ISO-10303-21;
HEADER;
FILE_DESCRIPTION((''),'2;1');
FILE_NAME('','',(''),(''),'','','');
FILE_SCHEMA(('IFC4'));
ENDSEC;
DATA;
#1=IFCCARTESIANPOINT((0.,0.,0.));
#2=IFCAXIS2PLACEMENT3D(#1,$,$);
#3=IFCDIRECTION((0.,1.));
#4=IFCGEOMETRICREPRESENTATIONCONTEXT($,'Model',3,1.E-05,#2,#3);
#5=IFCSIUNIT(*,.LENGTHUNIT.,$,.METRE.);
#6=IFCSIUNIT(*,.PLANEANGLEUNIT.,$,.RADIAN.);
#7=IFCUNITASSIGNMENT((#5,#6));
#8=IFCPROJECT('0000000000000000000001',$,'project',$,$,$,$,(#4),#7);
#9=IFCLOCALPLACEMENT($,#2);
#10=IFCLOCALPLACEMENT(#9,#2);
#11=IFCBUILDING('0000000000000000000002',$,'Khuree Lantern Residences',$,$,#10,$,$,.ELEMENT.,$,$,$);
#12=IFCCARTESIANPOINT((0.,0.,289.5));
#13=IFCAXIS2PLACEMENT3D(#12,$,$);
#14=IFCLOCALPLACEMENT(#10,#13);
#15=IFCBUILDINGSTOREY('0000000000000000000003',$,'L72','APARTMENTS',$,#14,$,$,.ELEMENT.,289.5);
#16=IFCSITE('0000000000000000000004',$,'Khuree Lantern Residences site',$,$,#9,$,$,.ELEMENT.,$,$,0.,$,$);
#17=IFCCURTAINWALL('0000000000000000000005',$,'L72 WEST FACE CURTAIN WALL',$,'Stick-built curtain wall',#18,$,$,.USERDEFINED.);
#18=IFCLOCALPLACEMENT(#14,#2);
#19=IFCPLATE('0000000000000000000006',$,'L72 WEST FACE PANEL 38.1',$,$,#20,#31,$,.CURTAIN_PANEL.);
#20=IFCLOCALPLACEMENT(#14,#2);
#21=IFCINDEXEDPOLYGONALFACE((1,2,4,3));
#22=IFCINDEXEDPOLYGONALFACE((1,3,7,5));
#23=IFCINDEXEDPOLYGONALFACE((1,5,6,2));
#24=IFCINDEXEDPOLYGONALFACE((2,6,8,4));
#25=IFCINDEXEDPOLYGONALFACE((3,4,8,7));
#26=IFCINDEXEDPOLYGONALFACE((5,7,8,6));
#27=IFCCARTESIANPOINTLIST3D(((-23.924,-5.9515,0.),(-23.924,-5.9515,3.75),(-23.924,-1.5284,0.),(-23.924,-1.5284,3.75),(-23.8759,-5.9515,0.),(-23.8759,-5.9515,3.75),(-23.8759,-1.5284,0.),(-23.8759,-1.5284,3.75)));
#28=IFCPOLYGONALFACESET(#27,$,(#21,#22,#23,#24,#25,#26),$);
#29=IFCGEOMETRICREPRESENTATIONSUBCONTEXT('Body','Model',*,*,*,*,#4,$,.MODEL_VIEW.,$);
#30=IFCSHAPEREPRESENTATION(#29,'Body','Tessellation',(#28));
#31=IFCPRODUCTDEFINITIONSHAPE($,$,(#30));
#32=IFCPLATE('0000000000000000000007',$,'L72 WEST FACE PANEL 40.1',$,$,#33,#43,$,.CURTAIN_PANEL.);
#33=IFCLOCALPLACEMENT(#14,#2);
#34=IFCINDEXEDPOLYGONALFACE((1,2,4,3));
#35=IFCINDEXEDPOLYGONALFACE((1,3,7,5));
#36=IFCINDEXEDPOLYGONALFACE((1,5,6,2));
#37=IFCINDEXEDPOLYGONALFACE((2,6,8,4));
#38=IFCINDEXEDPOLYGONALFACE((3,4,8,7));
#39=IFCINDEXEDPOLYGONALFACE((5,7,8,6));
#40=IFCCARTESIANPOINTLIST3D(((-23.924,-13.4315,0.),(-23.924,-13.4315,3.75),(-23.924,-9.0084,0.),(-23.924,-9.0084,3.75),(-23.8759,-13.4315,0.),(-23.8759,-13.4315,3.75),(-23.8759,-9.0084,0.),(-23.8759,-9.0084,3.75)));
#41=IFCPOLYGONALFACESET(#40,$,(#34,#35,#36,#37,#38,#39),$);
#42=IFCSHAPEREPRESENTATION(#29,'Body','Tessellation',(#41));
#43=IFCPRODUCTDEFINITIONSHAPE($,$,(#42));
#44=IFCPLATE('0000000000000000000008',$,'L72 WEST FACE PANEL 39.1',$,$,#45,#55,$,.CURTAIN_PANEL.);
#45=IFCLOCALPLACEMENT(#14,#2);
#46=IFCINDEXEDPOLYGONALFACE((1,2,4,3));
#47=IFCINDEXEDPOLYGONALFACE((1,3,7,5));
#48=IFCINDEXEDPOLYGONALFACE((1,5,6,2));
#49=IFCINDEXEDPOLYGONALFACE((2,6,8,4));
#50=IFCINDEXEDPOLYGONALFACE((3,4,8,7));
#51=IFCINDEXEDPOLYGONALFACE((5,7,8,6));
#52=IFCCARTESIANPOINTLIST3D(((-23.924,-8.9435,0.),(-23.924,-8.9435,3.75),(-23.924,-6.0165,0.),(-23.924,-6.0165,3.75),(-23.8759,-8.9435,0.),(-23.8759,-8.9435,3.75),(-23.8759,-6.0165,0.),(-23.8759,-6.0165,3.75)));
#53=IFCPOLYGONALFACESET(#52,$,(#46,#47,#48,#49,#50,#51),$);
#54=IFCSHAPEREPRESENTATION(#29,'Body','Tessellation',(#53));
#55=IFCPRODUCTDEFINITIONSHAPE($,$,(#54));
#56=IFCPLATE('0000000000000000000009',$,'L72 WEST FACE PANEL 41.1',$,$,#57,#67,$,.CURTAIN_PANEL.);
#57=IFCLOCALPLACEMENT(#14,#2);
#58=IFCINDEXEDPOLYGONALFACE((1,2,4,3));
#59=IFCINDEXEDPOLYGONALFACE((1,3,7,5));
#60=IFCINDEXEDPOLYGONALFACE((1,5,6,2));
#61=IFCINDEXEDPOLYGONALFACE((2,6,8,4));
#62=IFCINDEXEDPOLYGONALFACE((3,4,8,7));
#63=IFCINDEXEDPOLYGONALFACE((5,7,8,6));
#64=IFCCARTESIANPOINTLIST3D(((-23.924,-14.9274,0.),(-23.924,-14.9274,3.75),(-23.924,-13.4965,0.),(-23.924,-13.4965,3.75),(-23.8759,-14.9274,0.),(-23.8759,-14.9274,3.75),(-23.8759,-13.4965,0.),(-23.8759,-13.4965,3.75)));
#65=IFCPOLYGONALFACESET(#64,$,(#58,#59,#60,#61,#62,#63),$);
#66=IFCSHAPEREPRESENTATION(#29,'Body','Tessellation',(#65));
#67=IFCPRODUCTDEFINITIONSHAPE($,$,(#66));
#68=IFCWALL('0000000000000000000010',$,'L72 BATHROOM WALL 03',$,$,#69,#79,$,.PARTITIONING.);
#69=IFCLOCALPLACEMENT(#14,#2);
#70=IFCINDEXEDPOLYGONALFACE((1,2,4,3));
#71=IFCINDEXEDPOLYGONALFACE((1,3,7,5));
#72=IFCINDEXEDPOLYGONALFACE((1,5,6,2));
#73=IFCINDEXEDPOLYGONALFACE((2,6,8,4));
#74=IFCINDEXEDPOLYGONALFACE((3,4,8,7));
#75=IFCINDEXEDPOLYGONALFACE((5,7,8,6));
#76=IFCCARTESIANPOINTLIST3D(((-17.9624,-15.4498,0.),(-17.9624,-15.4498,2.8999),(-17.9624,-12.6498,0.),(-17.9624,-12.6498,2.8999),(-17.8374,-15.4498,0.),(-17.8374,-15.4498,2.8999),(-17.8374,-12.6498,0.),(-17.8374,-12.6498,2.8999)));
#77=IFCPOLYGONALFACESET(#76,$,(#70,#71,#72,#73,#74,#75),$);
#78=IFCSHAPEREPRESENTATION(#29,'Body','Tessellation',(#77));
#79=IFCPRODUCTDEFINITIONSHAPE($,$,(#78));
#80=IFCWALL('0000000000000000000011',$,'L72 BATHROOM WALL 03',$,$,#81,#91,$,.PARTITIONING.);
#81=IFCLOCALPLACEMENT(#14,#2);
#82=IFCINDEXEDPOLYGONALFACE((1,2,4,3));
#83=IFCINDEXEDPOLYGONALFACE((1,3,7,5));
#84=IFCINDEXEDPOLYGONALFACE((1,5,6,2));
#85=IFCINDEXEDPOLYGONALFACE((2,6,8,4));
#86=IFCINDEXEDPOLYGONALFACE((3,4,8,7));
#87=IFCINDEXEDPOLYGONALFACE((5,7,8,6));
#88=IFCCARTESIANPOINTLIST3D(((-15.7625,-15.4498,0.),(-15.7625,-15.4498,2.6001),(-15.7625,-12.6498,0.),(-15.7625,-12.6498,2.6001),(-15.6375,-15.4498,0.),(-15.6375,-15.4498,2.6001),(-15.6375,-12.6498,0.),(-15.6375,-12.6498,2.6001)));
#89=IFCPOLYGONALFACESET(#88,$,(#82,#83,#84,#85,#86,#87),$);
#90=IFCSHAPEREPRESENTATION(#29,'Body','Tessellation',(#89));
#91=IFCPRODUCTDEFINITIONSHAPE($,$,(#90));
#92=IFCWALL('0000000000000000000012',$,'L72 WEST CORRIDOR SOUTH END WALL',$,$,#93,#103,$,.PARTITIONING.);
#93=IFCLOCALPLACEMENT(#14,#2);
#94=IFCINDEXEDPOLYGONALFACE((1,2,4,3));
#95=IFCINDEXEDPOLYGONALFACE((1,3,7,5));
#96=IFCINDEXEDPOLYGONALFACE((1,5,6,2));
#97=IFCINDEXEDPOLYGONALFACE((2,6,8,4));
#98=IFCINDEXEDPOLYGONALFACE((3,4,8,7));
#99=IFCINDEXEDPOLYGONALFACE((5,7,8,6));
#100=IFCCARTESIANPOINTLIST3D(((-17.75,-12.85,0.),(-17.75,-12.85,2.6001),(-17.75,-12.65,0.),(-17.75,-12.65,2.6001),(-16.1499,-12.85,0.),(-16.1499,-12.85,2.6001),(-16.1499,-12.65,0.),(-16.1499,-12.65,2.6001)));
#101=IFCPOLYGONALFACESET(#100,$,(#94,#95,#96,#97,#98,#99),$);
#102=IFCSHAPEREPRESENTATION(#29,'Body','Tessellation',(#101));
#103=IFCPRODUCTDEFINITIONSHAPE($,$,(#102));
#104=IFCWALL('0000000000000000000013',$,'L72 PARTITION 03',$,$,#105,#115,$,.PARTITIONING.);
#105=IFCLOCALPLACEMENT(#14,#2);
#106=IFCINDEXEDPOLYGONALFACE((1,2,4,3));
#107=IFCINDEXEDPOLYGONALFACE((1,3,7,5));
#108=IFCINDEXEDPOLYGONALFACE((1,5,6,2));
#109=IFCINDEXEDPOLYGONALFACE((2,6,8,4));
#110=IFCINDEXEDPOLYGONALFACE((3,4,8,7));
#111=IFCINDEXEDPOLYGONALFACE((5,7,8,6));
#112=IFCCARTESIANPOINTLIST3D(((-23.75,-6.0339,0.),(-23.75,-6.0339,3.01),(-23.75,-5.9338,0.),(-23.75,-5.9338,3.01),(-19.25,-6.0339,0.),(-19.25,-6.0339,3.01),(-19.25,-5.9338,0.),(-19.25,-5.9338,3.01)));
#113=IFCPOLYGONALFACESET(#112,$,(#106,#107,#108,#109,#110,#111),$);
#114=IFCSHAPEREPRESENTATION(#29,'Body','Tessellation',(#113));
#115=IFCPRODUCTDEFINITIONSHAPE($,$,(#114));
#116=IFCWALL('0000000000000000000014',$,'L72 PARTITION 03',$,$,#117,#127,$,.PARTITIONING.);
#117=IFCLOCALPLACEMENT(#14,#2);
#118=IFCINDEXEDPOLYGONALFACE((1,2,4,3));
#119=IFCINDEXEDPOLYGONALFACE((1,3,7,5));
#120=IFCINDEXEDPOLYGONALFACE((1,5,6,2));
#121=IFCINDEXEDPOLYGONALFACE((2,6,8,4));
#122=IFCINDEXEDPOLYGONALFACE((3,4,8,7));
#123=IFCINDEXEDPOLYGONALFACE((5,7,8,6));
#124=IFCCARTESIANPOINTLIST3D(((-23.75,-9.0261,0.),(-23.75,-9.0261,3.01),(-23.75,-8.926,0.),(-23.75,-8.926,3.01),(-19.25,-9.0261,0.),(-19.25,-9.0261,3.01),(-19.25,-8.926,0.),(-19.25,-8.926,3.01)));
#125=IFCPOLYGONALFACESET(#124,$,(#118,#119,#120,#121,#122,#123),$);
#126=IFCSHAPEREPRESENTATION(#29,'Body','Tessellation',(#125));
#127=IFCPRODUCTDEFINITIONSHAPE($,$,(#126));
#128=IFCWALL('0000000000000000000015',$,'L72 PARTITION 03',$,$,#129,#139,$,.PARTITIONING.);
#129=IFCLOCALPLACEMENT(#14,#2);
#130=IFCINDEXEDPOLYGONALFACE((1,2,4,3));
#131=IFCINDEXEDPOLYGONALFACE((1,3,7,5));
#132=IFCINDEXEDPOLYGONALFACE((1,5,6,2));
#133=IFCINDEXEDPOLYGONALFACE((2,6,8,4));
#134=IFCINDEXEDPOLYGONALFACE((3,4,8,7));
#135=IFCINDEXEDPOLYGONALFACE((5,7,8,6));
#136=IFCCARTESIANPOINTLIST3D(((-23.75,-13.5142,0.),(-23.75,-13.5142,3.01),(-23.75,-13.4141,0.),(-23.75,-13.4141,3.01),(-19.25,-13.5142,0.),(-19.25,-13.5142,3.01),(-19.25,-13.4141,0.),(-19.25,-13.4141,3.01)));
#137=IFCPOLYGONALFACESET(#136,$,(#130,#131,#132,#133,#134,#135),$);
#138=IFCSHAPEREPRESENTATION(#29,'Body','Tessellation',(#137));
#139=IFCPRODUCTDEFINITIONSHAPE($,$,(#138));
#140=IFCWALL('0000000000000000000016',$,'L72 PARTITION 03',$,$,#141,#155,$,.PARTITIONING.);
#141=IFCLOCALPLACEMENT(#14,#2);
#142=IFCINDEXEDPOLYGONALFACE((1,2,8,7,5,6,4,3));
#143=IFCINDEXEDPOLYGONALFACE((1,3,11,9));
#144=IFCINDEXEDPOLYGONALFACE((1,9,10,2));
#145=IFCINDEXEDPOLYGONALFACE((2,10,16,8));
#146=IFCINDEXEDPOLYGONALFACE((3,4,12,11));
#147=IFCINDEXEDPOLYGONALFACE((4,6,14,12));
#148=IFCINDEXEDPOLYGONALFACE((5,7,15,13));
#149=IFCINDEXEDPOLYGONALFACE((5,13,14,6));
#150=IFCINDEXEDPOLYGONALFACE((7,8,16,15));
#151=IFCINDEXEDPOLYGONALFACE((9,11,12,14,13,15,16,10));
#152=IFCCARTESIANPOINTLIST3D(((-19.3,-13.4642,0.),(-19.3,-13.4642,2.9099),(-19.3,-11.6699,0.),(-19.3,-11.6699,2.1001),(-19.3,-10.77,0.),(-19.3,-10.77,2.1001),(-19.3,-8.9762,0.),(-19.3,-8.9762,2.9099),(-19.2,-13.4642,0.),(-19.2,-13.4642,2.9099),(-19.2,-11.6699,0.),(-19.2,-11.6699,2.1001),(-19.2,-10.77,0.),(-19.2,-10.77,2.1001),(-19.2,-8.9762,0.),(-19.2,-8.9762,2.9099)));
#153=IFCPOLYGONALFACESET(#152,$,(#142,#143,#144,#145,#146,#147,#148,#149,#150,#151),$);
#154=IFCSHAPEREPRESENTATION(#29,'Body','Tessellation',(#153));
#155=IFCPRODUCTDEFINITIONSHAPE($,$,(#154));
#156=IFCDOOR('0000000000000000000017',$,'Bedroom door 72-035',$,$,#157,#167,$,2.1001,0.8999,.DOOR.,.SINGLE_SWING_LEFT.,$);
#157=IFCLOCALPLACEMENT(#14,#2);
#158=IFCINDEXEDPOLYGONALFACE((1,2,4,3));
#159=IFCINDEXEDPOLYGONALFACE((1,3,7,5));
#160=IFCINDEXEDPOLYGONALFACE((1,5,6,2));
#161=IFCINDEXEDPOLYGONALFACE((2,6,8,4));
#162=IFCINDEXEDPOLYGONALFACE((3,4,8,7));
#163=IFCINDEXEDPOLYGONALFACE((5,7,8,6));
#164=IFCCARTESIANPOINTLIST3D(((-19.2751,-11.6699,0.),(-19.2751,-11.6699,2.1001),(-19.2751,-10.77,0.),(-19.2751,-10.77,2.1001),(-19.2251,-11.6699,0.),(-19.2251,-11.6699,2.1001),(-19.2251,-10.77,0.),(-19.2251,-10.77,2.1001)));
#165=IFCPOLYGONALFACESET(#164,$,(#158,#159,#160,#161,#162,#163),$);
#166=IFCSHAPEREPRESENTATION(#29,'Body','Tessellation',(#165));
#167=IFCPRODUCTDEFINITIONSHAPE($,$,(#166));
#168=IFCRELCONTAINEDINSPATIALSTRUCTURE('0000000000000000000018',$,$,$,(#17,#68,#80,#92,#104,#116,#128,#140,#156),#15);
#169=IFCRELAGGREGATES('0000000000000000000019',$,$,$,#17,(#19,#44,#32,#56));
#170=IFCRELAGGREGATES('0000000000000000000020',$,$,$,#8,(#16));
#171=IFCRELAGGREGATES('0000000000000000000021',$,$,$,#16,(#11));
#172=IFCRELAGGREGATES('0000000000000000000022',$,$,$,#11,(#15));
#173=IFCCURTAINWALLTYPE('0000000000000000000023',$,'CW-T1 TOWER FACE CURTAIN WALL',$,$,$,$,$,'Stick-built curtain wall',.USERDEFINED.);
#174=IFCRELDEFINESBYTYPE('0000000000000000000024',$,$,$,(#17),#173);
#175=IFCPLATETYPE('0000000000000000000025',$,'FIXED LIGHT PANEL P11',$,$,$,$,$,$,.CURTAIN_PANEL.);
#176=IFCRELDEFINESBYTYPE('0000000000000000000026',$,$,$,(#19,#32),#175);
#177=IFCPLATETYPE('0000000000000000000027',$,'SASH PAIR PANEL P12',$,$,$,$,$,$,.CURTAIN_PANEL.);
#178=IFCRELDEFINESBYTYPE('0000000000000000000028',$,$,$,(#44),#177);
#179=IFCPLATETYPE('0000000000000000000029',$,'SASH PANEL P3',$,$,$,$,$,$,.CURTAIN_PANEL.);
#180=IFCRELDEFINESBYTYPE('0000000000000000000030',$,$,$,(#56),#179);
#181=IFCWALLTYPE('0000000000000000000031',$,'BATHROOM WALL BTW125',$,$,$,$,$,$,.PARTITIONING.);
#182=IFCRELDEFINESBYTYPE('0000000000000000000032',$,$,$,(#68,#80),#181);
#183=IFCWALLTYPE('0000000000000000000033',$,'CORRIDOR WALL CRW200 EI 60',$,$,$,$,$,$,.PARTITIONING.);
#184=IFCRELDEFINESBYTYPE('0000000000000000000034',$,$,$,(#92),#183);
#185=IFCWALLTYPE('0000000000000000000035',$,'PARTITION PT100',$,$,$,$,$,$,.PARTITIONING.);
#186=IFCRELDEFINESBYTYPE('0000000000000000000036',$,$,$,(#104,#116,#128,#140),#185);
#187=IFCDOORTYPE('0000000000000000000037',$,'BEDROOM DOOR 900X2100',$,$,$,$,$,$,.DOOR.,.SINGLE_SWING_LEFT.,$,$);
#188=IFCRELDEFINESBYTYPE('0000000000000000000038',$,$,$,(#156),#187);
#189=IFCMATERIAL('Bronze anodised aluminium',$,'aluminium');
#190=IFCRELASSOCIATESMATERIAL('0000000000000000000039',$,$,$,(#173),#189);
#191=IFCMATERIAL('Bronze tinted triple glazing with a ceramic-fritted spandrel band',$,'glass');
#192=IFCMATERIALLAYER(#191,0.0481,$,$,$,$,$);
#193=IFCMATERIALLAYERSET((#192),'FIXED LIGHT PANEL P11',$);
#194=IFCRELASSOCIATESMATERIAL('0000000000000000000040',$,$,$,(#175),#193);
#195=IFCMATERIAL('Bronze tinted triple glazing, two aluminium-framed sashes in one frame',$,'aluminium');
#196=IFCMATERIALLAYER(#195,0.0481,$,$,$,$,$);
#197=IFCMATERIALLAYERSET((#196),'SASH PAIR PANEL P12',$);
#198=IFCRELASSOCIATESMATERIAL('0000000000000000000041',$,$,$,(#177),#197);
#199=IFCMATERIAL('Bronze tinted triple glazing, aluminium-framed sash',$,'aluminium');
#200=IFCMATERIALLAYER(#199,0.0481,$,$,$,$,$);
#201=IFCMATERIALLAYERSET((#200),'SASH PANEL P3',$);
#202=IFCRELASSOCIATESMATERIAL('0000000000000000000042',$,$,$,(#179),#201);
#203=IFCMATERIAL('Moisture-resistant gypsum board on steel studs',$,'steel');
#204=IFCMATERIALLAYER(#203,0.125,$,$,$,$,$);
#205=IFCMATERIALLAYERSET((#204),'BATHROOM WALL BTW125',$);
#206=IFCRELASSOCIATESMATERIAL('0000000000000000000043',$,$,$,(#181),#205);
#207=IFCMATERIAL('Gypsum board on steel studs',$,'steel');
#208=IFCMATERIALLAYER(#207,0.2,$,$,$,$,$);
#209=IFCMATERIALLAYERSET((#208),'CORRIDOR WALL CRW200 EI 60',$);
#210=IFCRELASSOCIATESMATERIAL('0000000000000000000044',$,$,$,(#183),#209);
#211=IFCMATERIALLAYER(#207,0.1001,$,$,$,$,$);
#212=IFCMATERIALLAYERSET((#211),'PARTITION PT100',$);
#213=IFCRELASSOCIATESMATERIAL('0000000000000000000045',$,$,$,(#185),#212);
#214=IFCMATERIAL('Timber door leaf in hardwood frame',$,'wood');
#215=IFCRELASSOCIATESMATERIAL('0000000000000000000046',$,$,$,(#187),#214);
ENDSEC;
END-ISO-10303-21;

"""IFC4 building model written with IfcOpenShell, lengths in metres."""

from ifc_helpers import new_model, si_unit, direction, frame, frame_2d, origin, origin_2d, place, context, subcontext, project, spatial, rectangle, extrude, material, layer, layer_set, type_object, element, fill, aggregate, save


model = new_model("IFC4")

# Units and contexts
model_context = context("Model", 3, precision=1e-05, world=origin(), true_north=direction((0.0, 1.0)))
body_context = subcontext(model_context, "Body", "Model", "MODEL_VIEW")
ifc_project = project(units=[si_unit("LENGTHUNIT", "METRE"), si_unit("PLANEANGLEUNIT", "RADIAN")], contexts=[model_context])

# Site, building, storey
site_placement = place(None, origin())
site = spatial("IfcSite", under=ifc_project, at=site_placement, Name="Khuree Lantern Residences site", CompositionType="ELEMENT", RefElevation=0.0)
building_placement = place(site_placement, origin())
building = spatial("IfcBuilding", under=site, at=building_placement, Name="Khuree Lantern Residences", CompositionType="ELEMENT")
storey_placement = place(building_placement, frame((0.0, 0.0, 289.5)))
storey = spatial("IfcBuildingStorey", under=building, at=storey_placement, Name="L72", Description="APARTMENTS", CompositionType="ELEMENT", Elevation=289.5)

# Curtain wall
ifc_material_1 = material(Name="Bronze anodised aluminium", Category="aluminium")
curtain_wall_type = type_object("IfcCurtainWallType", Name="CW-T1 TOWER FACE CURTAIN WALL", ElementType="Stick-built curtain wall", PredefinedType="USERDEFINED", material=ifc_material_1)
curtain_wall_placement = place(storey_placement, origin())
curtain_wall = element("IfcCurtainWall", 1, at=curtain_wall_placement, inside=storey, type_object=curtain_wall_type, Name="L72 WEST FACE CURTAIN WALL", ObjectType="Stick-built curtain wall", PredefinedType="USERDEFINED")

# Plates
ifc_material_2 = material(Name="Bronze tinted triple glazing with a ceramic-fritted spandrel band", Category="glass")
ifc_layer_1 = layer(ifc_material_2, 0.0481)
ifc_layer_set_1 = layer_set([ifc_layer_1], Name="FIXED LIGHT PANEL P11")
plate_type_1 = type_object("IfcPlateType", Name="FIXED LIGHT PANEL P11", PredefinedType="CURTAIN_PANEL", material=ifc_layer_set_1)
plate_1_placement = place(storey_placement, frame((-23.8999, -3.74, 0.0), z_axis=(0.0, 0.0, 1.0), x_axis=(0.0, -1.0, 0.0)))
plate_1 = element("IfcPlate", 2, at=plate_1_placement, type_object=plate_type_1, Name="L72 WEST FACE PANEL 38.1", PredefinedType="CURTAIN_PANEL", context=body_context, shape_type="SweptSolid", body=[
    extrude(rectangle(XDim=4.4231, YDim=0.0481, at=origin_2d()), origin(), (0.0, 0.0, 1.0), 3.75),
])
plate_2_placement = place(storey_placement, frame((-23.8999, -11.22, 0.0), z_axis=(0.0, 0.0, 1.0), x_axis=(0.0, -1.0, 0.0)))
plate_2 = element("IfcPlate", 3, at=plate_2_placement, type_object=plate_type_1, Name="L72 WEST FACE PANEL 40.1", PredefinedType="CURTAIN_PANEL", context=body_context, shape_type="SweptSolid", body=[
    extrude(rectangle(XDim=4.4231, YDim=0.0481, at=origin_2d()), origin(), (0.0, 0.0, 1.0), 3.75),
])
ifc_material_3 = material(Name="Bronze tinted triple glazing, two aluminium-framed sashes in one frame", Category="aluminium")
ifc_layer_2 = layer(ifc_material_3, 0.0481)
ifc_layer_set_2 = layer_set([ifc_layer_2], Name="SASH PAIR PANEL P12")
plate_type_2 = type_object("IfcPlateType", Name="SASH PAIR PANEL P12", PredefinedType="CURTAIN_PANEL", material=ifc_layer_set_2)
plate_3_placement = place(storey_placement, frame((-23.8999, -7.48, 0.0), z_axis=(0.0, 0.0, 1.0), x_axis=(0.0, -1.0, 0.0)))
plate_3 = element("IfcPlate", 4, at=plate_3_placement, type_object=plate_type_2, Name="L72 WEST FACE PANEL 39.1", PredefinedType="CURTAIN_PANEL", context=body_context, shape_type="SweptSolid", body=[
    extrude(rectangle(XDim=2.927, YDim=0.0481, at=origin_2d()), origin(), (0.0, 0.0, 1.0), 3.75),
])
ifc_material_4 = material(Name="Bronze tinted triple glazing, aluminium-framed sash", Category="aluminium")
ifc_layer_3 = layer(ifc_material_4, 0.0481)
ifc_layer_set_3 = layer_set([ifc_layer_3], Name="SASH PANEL P3")
plate_type_3 = type_object("IfcPlateType", Name="SASH PANEL P3", PredefinedType="CURTAIN_PANEL", material=ifc_layer_set_3)
plate_4_placement = place(storey_placement, frame((-23.8999, -14.2119, 0.0), z_axis=(0.0, 0.0, 1.0), x_axis=(0.0, -1.0, 0.0)))
plate_4 = element("IfcPlate", 5, at=plate_4_placement, type_object=plate_type_3, Name="L72 WEST FACE PANEL 41.1", PredefinedType="CURTAIN_PANEL", context=body_context, shape_type="SweptSolid", body=[
    extrude(rectangle(XDim=1.4309, YDim=0.0481, at=origin_2d()), origin(), (0.0, 0.0, 1.0), 3.75),
])
aggregate(curtain_wall, [plate_1, plate_3, plate_2, plate_4])

# Walls
ifc_material_5 = material(Name="Moisture-resistant gypsum board on steel studs", Category="steel")
ifc_layer_4 = layer(ifc_material_5, 0.125)
ifc_layer_set_4 = layer_set([ifc_layer_4], Name="BATHROOM WALL BTW125")
wall_type_1 = type_object("IfcWallType", Name="BATHROOM WALL BTW125", PredefinedType="PARTITIONING", material=ifc_layer_set_4)
wall_1_placement = place(storey_placement, frame((-17.8999, -12.6499, 0.0), z_axis=(0.0, 0.0, 1.0), x_axis=(0.0, -1.0, 0.0)))
element("IfcWall", 6, at=wall_1_placement, inside=storey, type_object=wall_type_1, Name="L72 BATHROOM WALL 03", PredefinedType="PARTITIONING", context=body_context, shape_type="SweptSolid", body=[
    extrude(rectangle(XDim=2.8, YDim=0.125, at=frame_2d((1.3999, 0.0))), origin(), (0.0, 0.0, 1.0), 2.8999),
])
wall_2_placement = place(storey_placement, frame((-15.7, -12.6499, 0.0), z_axis=(0.0, 0.0, 1.0), x_axis=(0.0, -1.0, 0.0)))
element("IfcWall", 7, at=wall_2_placement, inside=storey, type_object=wall_type_1, Name="L72 BATHROOM WALL 03", PredefinedType="PARTITIONING", context=body_context, shape_type="SweptSolid", body=[
    extrude(rectangle(XDim=2.8, YDim=0.125, at=frame_2d((1.3999, 0.0))), origin(), (0.0, 0.0, 1.0), 2.6001),
])
ifc_material_6 = material(Name="Gypsum board on steel studs", Category="steel")
ifc_layer_5 = layer(ifc_material_6, 0.2)
ifc_layer_set_5 = layer_set([ifc_layer_5], Name="CORRIDOR WALL CRW200 EI 60")
wall_type_2 = type_object("IfcWallType", Name="CORRIDOR WALL CRW200 EI 60", PredefinedType="PARTITIONING", material=ifc_layer_set_5)
wall_3_placement = place(storey_placement, frame((-16.1499, -12.75, 0.0), z_axis=(0.0, 0.0, 1.0), x_axis=(-1.0, 0.0, 0.0)))
element("IfcWall", 8, at=wall_3_placement, inside=storey, type_object=wall_type_2, Name="L72 WEST CORRIDOR SOUTH END WALL", PredefinedType="PARTITIONING", context=body_context, shape_type="SweptSolid", body=[
    extrude(rectangle(XDim=1.6001, YDim=0.2, at=frame_2d((0.8, 0.0))), origin(), (0.0, 0.0, 1.0), 2.6001),
])
ifc_layer_6 = layer(ifc_material_6, 0.1001)
ifc_layer_set_6 = layer_set([ifc_layer_6], Name="PARTITION PT100")
wall_type_3 = type_object("IfcWallType", Name="PARTITION PT100", PredefinedType="PARTITIONING", material=ifc_layer_set_6)
for number, where, z_axis, x_axis, name in (
    (9, (-19.25, -5.9839, 0.0), (0.0, 0.0, 1.0), (-1.0, 0.0, 0.0), "L72 PARTITION 03"),
    (10, (-19.25, -8.9761, 0.0), (0.0, 0.0, 1.0), (-1.0, 0.0, 0.0), "L72 PARTITION 03"),
    (11, (-19.25, -13.4641, 0.0), (0.0, 0.0, 1.0), (-1.0, 0.0, 0.0), "L72 PARTITION 03"),
):
    element("IfcWall", number, at=place(storey_placement, frame(where, z_axis=z_axis, x_axis=x_axis)), inside=storey, type_object=wall_type_3, Name=name, PredefinedType="PARTITIONING", context=body_context, shape_type="SweptSolid", body=[
        extrude(rectangle(XDim=4.5, YDim=0.1001, at=frame_2d((2.25, 0.0))), origin(), (0.0, 0.0, 1.0), 3.01),
    ])

# Wall, opening, door
wall_4_placement = place(storey_placement, frame((-19.25, -8.9761, 0.0), z_axis=(0.0, 0.0, 1.0), x_axis=(0.0, -1.0, 0.0)))
wall_4 = element("IfcWall", 12, at=wall_4_placement, inside=storey, type_object=wall_type_3, Name="L72 PARTITION 03", PredefinedType="PARTITIONING", context=body_context, shape_type="SweptSolid", body=[
    extrude(rectangle(XDim=4.488, YDim=0.1001, at=frame_2d((2.2441, 0.0))), origin(), (0.0, 0.0, 1.0), 2.9099),
])
opening_placement = place(wall_4_placement, frame((1.7939, 0.0, 0.0)))
opening = element("IfcOpeningElement", 13, at=opening_placement, cuts=wall_4, PredefinedType="OPENING", context=body_context, shape_type="SweptSolid", body=[
    extrude(rectangle(XDim=0.8999, YDim=2.1001, at=frame_2d((0.45, 1.05))), frame((0.0, 0.0601, 0.0), z_axis=(0.0, -1.0, 0.0), x_axis=(1.0, 0.0, 0.0)), (0.0, 0.0, 1.0), 0.1201),
])
ifc_material_7 = material(Name="Timber door leaf in hardwood frame", Category="wood")
door_type = type_object("IfcDoorType", Name="BEDROOM DOOR 900X2100", OperationType="SINGLE_SWING_LEFT", PredefinedType="DOOR", material=ifc_material_7)
door_placement = place(opening_placement, origin())
door = element("IfcDoor", 14, at=door_placement, inside=storey, type_object=door_type, Name="Bedroom door 72-035", OperationType="SINGLE_SWING_LEFT", OverallHeight=2.1001, OverallWidth=0.8999, PredefinedType="DOOR", context=body_context, shape_type="SweptSolid", body=[
    extrude(rectangle(XDim=0.8999, YDim=2.1001, at=frame_2d((0.45, 1.05))), frame((0.0, 0.0249, 0.0), z_axis=(0.0, -1.0, 0.0), x_axis=(1.0, 0.0, 0.0)), (0.0, 0.0, 1.0), 0.05),
])
fill(opening, door)

save(model, "model.ifc")
